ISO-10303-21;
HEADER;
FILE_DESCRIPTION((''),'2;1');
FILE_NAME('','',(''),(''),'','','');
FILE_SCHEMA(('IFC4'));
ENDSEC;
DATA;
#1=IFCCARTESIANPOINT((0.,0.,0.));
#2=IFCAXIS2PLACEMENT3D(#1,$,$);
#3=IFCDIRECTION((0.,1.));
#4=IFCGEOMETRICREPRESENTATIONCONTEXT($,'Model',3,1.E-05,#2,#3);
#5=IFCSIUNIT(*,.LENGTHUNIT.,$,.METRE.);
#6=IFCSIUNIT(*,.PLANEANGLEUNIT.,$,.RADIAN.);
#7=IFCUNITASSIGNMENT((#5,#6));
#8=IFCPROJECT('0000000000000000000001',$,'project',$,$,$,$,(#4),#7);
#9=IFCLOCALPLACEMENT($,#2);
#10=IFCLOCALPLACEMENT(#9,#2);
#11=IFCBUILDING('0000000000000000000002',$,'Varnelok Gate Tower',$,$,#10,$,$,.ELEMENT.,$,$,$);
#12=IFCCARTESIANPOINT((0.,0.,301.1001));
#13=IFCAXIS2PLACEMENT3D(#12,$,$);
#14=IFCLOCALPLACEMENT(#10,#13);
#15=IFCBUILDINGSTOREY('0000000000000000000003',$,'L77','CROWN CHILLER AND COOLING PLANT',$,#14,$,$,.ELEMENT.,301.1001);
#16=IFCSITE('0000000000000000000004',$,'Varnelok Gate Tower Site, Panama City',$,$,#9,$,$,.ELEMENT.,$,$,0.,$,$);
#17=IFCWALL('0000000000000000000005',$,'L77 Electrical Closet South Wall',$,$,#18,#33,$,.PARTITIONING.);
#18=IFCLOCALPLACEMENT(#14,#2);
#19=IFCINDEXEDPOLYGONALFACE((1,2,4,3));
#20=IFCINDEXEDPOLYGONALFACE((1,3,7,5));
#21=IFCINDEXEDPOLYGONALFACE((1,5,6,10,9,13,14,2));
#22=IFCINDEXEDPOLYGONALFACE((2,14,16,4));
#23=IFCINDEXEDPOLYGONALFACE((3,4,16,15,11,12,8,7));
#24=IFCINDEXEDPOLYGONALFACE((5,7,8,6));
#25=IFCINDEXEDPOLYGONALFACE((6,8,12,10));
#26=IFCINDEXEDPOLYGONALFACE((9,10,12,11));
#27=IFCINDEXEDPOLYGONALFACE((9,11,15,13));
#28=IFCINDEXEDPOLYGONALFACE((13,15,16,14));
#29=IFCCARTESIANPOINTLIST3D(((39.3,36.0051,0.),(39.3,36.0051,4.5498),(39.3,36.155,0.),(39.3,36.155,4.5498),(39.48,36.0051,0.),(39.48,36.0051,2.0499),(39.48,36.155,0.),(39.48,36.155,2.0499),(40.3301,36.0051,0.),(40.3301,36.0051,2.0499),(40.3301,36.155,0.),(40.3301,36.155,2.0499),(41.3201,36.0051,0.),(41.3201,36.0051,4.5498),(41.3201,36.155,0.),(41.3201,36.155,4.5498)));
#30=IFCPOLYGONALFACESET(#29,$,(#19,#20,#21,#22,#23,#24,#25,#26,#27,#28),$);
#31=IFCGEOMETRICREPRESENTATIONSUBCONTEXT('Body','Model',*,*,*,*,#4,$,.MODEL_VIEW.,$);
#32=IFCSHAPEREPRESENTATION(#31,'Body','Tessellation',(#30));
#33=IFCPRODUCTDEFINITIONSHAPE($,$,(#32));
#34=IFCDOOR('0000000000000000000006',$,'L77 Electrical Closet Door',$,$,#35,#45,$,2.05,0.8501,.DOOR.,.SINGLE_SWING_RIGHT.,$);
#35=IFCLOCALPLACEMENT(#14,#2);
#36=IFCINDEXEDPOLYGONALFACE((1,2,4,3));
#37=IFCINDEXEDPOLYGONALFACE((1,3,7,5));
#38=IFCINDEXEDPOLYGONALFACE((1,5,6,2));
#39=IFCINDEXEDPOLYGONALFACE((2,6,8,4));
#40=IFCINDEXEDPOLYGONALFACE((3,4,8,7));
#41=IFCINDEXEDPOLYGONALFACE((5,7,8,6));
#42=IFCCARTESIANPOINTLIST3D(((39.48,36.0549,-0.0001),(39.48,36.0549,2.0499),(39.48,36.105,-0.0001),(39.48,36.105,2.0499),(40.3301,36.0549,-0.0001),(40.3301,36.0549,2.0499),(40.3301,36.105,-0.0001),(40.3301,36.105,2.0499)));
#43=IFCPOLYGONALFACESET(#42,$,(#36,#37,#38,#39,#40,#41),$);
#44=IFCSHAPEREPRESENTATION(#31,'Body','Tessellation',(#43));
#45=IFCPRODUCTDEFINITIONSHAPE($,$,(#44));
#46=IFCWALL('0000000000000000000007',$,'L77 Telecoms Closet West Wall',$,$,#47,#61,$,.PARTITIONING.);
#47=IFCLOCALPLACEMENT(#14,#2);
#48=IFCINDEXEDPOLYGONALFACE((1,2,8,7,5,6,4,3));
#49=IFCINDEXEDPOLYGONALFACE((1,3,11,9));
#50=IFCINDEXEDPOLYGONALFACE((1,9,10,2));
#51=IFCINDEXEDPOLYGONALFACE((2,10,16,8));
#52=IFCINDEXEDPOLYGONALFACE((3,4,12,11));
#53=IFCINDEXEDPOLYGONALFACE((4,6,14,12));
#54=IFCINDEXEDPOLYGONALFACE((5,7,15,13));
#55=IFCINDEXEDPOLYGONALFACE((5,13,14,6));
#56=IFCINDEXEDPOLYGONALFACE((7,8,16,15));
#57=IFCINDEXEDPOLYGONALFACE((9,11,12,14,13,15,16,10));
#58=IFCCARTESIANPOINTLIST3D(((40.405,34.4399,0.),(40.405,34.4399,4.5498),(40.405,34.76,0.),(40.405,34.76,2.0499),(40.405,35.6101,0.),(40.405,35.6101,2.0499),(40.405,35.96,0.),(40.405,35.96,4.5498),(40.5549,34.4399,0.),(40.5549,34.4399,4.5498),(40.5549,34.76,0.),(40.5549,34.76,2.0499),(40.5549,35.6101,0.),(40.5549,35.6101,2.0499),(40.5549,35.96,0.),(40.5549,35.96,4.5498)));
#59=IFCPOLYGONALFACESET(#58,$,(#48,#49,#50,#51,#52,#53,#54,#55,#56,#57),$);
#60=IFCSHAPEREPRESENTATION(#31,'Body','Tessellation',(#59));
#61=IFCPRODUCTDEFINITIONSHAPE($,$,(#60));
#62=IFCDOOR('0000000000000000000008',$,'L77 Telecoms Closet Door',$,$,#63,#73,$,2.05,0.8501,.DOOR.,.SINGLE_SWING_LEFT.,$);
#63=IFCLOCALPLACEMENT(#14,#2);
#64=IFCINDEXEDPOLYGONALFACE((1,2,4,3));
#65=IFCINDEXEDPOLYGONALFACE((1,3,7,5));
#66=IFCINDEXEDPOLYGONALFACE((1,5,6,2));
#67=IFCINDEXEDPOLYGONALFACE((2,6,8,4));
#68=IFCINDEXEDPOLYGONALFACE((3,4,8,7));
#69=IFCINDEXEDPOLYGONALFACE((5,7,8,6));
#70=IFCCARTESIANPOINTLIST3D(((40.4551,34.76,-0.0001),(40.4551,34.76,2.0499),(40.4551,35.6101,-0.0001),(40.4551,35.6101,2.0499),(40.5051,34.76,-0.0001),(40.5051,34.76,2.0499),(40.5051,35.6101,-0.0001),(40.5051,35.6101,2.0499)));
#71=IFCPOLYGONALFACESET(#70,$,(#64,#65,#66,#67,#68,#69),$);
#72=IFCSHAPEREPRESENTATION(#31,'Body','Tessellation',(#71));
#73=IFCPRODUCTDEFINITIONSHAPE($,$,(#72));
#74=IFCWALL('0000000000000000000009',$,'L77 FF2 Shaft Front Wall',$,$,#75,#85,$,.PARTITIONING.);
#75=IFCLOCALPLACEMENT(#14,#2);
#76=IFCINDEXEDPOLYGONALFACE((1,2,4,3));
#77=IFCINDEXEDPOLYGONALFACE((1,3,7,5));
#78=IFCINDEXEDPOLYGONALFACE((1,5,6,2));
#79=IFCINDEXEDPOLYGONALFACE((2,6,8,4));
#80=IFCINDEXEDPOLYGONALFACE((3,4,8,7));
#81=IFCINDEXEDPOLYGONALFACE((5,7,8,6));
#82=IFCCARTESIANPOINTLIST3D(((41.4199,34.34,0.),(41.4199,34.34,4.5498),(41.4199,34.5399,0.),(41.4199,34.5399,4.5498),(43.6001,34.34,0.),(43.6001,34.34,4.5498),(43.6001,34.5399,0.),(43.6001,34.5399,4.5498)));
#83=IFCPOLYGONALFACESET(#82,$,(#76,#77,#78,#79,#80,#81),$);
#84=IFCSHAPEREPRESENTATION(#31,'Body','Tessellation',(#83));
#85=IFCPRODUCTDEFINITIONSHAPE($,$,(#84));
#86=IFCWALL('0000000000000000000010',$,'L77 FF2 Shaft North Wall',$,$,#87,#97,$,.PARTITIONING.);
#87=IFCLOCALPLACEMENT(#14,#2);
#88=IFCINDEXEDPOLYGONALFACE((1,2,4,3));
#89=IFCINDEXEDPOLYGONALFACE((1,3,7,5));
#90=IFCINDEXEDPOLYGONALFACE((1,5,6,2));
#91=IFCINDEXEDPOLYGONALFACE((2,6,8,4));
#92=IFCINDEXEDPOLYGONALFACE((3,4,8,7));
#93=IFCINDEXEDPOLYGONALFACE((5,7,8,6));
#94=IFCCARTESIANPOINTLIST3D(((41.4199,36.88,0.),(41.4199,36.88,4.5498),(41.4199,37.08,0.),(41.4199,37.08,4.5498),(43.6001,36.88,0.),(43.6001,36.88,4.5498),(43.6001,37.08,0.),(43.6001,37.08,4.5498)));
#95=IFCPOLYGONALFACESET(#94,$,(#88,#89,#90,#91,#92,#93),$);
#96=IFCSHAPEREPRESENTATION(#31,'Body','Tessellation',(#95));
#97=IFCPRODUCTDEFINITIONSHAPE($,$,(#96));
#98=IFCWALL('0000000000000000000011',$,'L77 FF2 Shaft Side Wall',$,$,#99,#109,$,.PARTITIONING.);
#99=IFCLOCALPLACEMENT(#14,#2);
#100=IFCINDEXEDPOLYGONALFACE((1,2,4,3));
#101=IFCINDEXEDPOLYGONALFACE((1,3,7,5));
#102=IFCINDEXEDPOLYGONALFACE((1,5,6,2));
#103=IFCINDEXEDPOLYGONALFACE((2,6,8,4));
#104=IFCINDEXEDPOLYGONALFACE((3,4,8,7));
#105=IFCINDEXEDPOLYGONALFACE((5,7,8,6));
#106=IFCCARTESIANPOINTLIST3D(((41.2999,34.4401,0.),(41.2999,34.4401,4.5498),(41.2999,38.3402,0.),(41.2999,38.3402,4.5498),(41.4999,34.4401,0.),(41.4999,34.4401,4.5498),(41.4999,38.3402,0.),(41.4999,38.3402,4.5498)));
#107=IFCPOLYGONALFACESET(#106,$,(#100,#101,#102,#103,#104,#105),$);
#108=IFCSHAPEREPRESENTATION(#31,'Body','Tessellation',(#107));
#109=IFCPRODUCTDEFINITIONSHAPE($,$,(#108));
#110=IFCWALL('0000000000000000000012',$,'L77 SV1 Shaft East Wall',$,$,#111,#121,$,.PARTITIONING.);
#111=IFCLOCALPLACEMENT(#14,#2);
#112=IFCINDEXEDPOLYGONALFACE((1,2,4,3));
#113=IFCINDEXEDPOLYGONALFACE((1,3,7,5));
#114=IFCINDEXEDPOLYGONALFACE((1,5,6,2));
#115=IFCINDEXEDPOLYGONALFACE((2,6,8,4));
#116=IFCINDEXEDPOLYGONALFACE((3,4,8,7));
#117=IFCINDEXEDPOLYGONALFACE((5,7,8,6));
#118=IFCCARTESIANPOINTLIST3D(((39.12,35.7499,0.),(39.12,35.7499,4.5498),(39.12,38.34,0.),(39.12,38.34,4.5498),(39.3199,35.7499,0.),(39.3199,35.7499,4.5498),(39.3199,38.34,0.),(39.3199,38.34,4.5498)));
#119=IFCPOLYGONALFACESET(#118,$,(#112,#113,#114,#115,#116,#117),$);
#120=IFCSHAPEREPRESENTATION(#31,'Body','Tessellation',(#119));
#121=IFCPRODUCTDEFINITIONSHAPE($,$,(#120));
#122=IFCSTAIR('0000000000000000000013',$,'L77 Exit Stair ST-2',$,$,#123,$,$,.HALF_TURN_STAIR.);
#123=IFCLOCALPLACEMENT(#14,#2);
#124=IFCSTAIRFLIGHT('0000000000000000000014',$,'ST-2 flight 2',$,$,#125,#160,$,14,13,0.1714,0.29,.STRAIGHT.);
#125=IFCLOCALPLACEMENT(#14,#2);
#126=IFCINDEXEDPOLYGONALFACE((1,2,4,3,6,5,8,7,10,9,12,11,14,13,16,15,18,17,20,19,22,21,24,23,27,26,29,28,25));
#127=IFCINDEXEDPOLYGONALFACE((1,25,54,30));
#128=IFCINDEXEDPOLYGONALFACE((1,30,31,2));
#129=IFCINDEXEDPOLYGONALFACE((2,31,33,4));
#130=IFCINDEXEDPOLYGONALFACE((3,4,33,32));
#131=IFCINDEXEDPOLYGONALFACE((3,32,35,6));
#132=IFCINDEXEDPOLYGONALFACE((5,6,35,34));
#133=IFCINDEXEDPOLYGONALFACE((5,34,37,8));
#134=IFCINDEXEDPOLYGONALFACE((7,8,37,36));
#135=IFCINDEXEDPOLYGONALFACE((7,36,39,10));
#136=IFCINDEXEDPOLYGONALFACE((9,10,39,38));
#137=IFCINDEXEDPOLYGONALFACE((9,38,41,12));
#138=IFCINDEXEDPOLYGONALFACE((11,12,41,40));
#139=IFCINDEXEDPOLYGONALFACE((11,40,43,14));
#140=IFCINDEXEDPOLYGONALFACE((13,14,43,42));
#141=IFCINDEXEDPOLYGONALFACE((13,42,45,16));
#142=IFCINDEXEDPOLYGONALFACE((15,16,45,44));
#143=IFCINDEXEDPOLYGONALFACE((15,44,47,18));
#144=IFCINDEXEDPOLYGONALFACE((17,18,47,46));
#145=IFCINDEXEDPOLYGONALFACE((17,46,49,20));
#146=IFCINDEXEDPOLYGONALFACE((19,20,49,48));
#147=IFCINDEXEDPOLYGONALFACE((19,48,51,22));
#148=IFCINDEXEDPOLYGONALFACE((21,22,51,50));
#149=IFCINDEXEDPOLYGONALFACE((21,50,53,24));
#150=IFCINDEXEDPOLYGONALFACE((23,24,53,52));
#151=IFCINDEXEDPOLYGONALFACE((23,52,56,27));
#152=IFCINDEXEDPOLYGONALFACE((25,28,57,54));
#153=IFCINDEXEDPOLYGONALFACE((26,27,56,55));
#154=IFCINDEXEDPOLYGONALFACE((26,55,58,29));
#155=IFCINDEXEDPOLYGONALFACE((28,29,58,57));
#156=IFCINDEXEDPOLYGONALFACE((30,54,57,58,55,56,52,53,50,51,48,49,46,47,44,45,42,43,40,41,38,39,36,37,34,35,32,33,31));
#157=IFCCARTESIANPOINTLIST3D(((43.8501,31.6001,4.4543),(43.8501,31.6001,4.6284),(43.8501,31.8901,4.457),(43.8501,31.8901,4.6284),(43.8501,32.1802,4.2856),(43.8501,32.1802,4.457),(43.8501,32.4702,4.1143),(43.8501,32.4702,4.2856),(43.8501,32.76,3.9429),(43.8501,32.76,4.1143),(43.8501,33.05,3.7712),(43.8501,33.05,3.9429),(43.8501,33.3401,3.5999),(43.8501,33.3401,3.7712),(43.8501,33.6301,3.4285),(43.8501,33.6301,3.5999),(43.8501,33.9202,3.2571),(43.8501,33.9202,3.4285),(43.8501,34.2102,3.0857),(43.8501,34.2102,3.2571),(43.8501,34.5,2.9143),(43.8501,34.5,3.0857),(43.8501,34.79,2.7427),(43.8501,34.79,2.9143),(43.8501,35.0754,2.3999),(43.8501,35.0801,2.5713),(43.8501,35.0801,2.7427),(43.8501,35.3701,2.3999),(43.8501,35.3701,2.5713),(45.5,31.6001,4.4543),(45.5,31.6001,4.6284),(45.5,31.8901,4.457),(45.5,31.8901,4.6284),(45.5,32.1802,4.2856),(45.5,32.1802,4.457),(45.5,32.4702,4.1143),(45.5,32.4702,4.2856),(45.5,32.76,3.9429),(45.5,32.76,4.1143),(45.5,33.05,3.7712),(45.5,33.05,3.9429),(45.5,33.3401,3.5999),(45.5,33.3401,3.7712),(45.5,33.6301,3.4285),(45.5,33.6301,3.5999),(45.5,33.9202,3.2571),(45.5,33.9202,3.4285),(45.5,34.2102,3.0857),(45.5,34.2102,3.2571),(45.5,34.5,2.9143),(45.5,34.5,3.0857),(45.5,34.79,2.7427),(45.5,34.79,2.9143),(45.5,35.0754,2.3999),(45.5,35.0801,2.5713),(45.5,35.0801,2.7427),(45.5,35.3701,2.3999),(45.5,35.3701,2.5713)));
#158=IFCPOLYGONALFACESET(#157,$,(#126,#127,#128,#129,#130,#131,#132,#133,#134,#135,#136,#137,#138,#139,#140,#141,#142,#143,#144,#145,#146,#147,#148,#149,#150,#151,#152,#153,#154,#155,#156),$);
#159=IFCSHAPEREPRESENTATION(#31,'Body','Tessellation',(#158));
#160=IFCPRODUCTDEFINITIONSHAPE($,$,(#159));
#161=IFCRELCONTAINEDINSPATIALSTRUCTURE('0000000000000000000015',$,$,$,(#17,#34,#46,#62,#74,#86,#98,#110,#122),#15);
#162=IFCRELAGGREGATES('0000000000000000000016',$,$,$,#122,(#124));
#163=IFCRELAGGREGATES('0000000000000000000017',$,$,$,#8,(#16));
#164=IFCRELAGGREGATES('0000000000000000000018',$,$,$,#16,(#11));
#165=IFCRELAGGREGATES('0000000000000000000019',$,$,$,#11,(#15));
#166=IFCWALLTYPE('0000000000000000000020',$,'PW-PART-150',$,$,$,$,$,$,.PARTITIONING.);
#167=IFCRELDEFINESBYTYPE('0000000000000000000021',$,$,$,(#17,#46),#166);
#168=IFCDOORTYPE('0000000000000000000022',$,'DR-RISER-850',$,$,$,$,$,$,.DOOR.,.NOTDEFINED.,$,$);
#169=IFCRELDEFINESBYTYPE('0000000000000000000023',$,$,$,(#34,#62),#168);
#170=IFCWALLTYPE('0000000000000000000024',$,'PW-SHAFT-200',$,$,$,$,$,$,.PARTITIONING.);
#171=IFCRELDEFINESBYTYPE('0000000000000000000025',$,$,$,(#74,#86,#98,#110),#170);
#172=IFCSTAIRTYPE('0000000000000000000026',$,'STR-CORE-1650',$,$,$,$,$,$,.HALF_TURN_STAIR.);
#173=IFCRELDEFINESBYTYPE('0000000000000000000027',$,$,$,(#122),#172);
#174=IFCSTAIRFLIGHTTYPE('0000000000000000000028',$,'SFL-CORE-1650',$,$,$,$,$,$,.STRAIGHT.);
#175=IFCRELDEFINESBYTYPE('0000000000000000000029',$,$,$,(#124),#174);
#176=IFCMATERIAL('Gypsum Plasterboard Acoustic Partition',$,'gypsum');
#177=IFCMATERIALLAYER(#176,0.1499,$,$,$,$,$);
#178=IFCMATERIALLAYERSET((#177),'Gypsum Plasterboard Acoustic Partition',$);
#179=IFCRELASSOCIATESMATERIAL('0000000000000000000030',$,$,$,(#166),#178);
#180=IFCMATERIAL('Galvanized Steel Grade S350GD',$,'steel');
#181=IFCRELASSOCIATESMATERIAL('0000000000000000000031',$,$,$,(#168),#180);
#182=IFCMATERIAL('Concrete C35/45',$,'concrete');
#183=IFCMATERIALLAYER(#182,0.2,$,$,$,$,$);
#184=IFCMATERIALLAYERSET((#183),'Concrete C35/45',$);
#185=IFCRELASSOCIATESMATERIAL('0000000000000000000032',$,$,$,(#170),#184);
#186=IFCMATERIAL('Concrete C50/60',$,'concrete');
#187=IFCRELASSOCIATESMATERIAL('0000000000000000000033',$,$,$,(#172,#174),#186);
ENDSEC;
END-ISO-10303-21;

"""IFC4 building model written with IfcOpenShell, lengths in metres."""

from ifc_helpers import new_model, si_unit, direction, frame, frame_2d, origin, place, context, subcontext, project, spatial, polyline, rectangle, outline, extrude, material, layer, layer_set, type_object, element, fill, aggregate, save


model = new_model("IFC4")

# Units and contexts
model_context = context("Model", 3, precision=1e-05, world=origin(), true_north=direction((0.0, 1.0)))
body_context = subcontext(model_context, "Body", "Model", "MODEL_VIEW")
ifc_project = project(units=[si_unit("LENGTHUNIT", "METRE"), si_unit("PLANEANGLEUNIT", "RADIAN")], contexts=[model_context])

# Site, building, storey
site_placement = place(None, origin())
site = spatial("IfcSite", under=ifc_project, at=site_placement, Name="Varnelok Gate Tower Site, Panama City", CompositionType="ELEMENT", RefElevation=0.0)
building_placement = place(site_placement, origin())
building = spatial("IfcBuilding", under=site, at=building_placement, Name="Varnelok Gate Tower", CompositionType="ELEMENT")
storey_placement = place(building_placement, frame((0.0, 0.0, 301.1001)))
storey = spatial("IfcBuildingStorey", under=building, at=storey_placement, Name="L77", Description="CROWN CHILLER AND COOLING PLANT", CompositionType="ELEMENT", Elevation=301.1001)

# Shared definitions
ifc_material_1 = material(Name="Concrete C50/60", Category="concrete")

# Shared definitions
ifc_material_2 = material(Name="Gypsum Plasterboard Acoustic Partition", Category="gypsum")

# Walls, openings, doors
ifc_layer_1 = layer(ifc_material_2, 0.1499)
ifc_layer_set_1 = layer_set([ifc_layer_1], Name="Gypsum Plasterboard Acoustic Partition")
wall_type_1 = type_object("IfcWallType", Name="PW-PART-150", PredefinedType="PARTITIONING", material=ifc_layer_set_1)
wall_1_placement = place(storey_placement, frame((39.3, 36.0801, 0.0), z_axis=(0.0, 0.0, 1.0), x_axis=(1.0, 0.0, 0.0)))
wall_1 = element("IfcWall", 1, at=wall_1_placement, inside=storey, type_object=wall_type_1, Name="L77 Electrical Closet South Wall", PredefinedType="PARTITIONING", context=body_context, shape_type="SweptSolid", body=[
    extrude(rectangle(XDim=2.02, YDim=0.1499, at=frame_2d((1.01, 0.0))), origin(), (0.0, 0.0, 1.0), 4.5498),
])
opening_1_placement = place(wall_1_placement, frame((0.1799, 0.0, 0.0)))
opening_1 = element("IfcOpeningElement", 2, at=opening_1_placement, cuts=wall_1, PredefinedType="OPENING", context=body_context, shape_type="SweptSolid", body=[
    extrude(rectangle(XDim=0.8501, YDim=2.05, at=frame_2d((0.425, 1.0249))), frame((0.0, 0.085, 0.0), z_axis=(0.0, -1.0, 0.0), x_axis=(1.0, 0.0, 0.0)), (0.0, 0.0, 1.0), 0.1699),
])
ifc_material_3 = material(Name="Galvanized Steel Grade S350GD", Category="steel")
door_type = type_object("IfcDoorType", Name="DR-RISER-850", OperationType="NOTDEFINED", PredefinedType="DOOR", material=ifc_material_3)
door_1_placement = place(opening_1_placement, origin())
door_1 = element("IfcDoor", 3, at=door_1_placement, inside=storey, type_object=door_type, Name="L77 Electrical Closet Door", OperationType="SINGLE_SWING_RIGHT", OverallHeight=2.05, OverallWidth=0.8501, PredefinedType="DOOR", context=body_context, shape_type="SweptSolid", body=[
    extrude(rectangle(XDim=0.8501, YDim=2.05, at=frame_2d((0.425, 1.0249))), frame((0.0, 0.0249, 0.0), z_axis=(0.0, -1.0, 0.0), x_axis=(1.0, 0.0, 0.0)), (0.0, 0.0, 1.0), 0.05),
])
fill(opening_1, door_1)
wall_2_placement = place(storey_placement, frame((40.48, 34.4399, 0.0), z_axis=(0.0, 0.0, 1.0), x_axis=(0.0, 1.0, 0.0)))
wall_2 = element("IfcWall", 4, at=wall_2_placement, inside=storey, type_object=wall_type_1, Name="L77 Telecoms Closet West Wall", PredefinedType="PARTITIONING", context=body_context, shape_type="SweptSolid", body=[
    extrude(rectangle(XDim=1.52, YDim=0.1499, at=frame_2d((0.76, 0.0))), origin(), (0.0, 0.0, 1.0), 4.5498),
])
opening_2_placement = place(wall_2_placement, frame((0.3201, 0.0, 0.0)))
opening_2 = element("IfcOpeningElement", 5, at=opening_2_placement, cuts=wall_2, PredefinedType="OPENING", context=body_context, shape_type="SweptSolid", body=[
    extrude(rectangle(XDim=0.8501, YDim=2.05, at=frame_2d((0.425, 1.0249))), frame((0.0, 0.085, 0.0), z_axis=(0.0, -1.0, 0.0), x_axis=(1.0, 0.0, 0.0)), (0.0, 0.0, 1.0), 0.1699),
])
door_2_placement = place(opening_2_placement, origin())
door_2 = element("IfcDoor", 6, at=door_2_placement, inside=storey, type_object=door_type, Name="L77 Telecoms Closet Door", OperationType="SINGLE_SWING_LEFT", OverallHeight=2.05, OverallWidth=0.8501, PredefinedType="DOOR", context=body_context, shape_type="SweptSolid", body=[
    extrude(rectangle(XDim=0.8501, YDim=2.05, at=frame_2d((0.425, 1.0249))), frame((0.0, 0.0249, 0.0), z_axis=(0.0, -1.0, 0.0), x_axis=(1.0, 0.0, 0.0)), (0.0, 0.0, 1.0), 0.05),
])
fill(opening_2, door_2)

# Walls
ifc_material_4 = material(Name="Concrete C35/45", Category="concrete")
ifc_layer_2 = layer(ifc_material_4, 0.2)
ifc_layer_set_2 = layer_set([ifc_layer_2], Name="Concrete C35/45")
wall_type_2 = type_object("IfcWallType", Name="PW-SHAFT-200", PredefinedType="PARTITIONING", material=ifc_layer_set_2)
for number, where, z_axis, x_axis, name in (
    (7, (41.4199, 34.4399, 0.0), (0.0, 0.0, 1.0), (1.0, 0.0, 0.0), "L77 FF2 Shaft Front Wall"),
    (8, (41.4199, 36.98, 0.0), (0.0, 0.0, 1.0), (1.0, 0.0, 0.0), "L77 FF2 Shaft North Wall"),
):
    element("IfcWall", number, at=place(storey_placement, frame(where, z_axis=z_axis, x_axis=x_axis)), inside=storey, type_object=wall_type_2, Name=name, PredefinedType="PARTITIONING", context=body_context, shape_type="SweptSolid", body=[
        extrude(rectangle(XDim=2.1802, YDim=0.2, at=frame_2d((1.0901, 0.0))), origin(), (0.0, 0.0, 1.0), 4.5498),
    ])
wall_3_placement = place(storey_placement, frame((41.3999, 34.4399, 0.0), z_axis=(0.0, 0.0, 1.0), x_axis=(0.0, 1.0, 0.0)))
element("IfcWall", 9, at=wall_3_placement, inside=storey, type_object=wall_type_2, Name="L77 FF2 Shaft Side Wall", PredefinedType="PARTITIONING", context=body_context, shape_type="SweptSolid", body=[
    extrude(rectangle(XDim=3.9001, YDim=0.2, at=frame_2d((1.9502, 0.0))), origin(), (0.0, 0.0, 1.0), 4.5498),
])
wall_4_placement = place(storey_placement, frame((39.22, 35.75, 0.0), z_axis=(0.0, 0.0, 1.0), x_axis=(0.0, 1.0, 0.0)))
element("IfcWall", 10, at=wall_4_placement, inside=storey, type_object=wall_type_2, Name="L77 SV1 Shaft East Wall", PredefinedType="PARTITIONING", context=body_context, shape_type="SweptSolid", body=[
    extrude(rectangle(XDim=2.5901, YDim=0.2, at=frame_2d((1.2949, 0.0))), origin(), (0.0, 0.0, 1.0), 4.5498),
])

# Stair, stair flight
stair_type = type_object("IfcStairType", Name="STR-CORE-1650", PredefinedType="HALF_TURN_STAIR", material=ifc_material_1)
stair_placement = place(storey_placement, origin())
stair = element("IfcStair", 11, at=stair_placement, inside=storey, type_object=stair_type, Name="L77 Exit Stair ST-2", PredefinedType="HALF_TURN_STAIR")
stair_flight_type = type_object("IfcStairFlightType", Name="SFL-CORE-1650", PredefinedType="STRAIGHT", material=ifc_material_1)
stair_flight_placement = place(storey_placement, frame((44.675, 35.3701, 2.3999), z_axis=(0.0, 0.0, 1.0), x_axis=(0.0, -1.0, 0.0)))
stair_flight = element("IfcStairFlight", 12, at=stair_flight_placement, type_object=stair_flight_type, Name="ST-2 flight 2", NumberOfRisers=14, NumberOfTreads=13, PredefinedType="STRAIGHT", RiserHeight=0.1714, TreadLength=0.29, context=body_context, shape_type="SweptSolid", body=[
    extrude(outline(polyline([(0.0, 0.0), (0.0, 0.1714), (0.29, 0.1714), (0.29, 0.3428), (0.5801, 0.3428), (0.5801, 0.5144), (0.8701, 0.5144), (0.8701, 0.6858), (1.1599, 0.6858), (1.1599, 0.8572), (1.45, 0.8572), (1.45, 1.0286), (1.74, 1.0286), (1.74, 1.2), (2.03, 1.2), (2.03, 1.3713), (2.3201, 1.3713), (2.3201, 1.543), (2.6101, 1.543), (2.6101, 1.7144), (2.8999, 1.7144), (2.8999, 1.8857), (3.1899, 1.8857), (3.1899, 2.0571), (3.48, 2.0571), (3.48, 2.2285), (3.77, 2.2285), (3.77, 2.3999), (3.77, 2.0544), (0.2947, 0.0), (0.0, 0.0)])), frame((0.0, 0.825, 0.0), z_axis=(0.0, -1.0, 0.0), x_axis=(1.0, 0.0, 0.0)), (0.0, 0.0, 1.0), 1.6499),
])
aggregate(stair, [stair_flight])

save(model, "model.ifc")
